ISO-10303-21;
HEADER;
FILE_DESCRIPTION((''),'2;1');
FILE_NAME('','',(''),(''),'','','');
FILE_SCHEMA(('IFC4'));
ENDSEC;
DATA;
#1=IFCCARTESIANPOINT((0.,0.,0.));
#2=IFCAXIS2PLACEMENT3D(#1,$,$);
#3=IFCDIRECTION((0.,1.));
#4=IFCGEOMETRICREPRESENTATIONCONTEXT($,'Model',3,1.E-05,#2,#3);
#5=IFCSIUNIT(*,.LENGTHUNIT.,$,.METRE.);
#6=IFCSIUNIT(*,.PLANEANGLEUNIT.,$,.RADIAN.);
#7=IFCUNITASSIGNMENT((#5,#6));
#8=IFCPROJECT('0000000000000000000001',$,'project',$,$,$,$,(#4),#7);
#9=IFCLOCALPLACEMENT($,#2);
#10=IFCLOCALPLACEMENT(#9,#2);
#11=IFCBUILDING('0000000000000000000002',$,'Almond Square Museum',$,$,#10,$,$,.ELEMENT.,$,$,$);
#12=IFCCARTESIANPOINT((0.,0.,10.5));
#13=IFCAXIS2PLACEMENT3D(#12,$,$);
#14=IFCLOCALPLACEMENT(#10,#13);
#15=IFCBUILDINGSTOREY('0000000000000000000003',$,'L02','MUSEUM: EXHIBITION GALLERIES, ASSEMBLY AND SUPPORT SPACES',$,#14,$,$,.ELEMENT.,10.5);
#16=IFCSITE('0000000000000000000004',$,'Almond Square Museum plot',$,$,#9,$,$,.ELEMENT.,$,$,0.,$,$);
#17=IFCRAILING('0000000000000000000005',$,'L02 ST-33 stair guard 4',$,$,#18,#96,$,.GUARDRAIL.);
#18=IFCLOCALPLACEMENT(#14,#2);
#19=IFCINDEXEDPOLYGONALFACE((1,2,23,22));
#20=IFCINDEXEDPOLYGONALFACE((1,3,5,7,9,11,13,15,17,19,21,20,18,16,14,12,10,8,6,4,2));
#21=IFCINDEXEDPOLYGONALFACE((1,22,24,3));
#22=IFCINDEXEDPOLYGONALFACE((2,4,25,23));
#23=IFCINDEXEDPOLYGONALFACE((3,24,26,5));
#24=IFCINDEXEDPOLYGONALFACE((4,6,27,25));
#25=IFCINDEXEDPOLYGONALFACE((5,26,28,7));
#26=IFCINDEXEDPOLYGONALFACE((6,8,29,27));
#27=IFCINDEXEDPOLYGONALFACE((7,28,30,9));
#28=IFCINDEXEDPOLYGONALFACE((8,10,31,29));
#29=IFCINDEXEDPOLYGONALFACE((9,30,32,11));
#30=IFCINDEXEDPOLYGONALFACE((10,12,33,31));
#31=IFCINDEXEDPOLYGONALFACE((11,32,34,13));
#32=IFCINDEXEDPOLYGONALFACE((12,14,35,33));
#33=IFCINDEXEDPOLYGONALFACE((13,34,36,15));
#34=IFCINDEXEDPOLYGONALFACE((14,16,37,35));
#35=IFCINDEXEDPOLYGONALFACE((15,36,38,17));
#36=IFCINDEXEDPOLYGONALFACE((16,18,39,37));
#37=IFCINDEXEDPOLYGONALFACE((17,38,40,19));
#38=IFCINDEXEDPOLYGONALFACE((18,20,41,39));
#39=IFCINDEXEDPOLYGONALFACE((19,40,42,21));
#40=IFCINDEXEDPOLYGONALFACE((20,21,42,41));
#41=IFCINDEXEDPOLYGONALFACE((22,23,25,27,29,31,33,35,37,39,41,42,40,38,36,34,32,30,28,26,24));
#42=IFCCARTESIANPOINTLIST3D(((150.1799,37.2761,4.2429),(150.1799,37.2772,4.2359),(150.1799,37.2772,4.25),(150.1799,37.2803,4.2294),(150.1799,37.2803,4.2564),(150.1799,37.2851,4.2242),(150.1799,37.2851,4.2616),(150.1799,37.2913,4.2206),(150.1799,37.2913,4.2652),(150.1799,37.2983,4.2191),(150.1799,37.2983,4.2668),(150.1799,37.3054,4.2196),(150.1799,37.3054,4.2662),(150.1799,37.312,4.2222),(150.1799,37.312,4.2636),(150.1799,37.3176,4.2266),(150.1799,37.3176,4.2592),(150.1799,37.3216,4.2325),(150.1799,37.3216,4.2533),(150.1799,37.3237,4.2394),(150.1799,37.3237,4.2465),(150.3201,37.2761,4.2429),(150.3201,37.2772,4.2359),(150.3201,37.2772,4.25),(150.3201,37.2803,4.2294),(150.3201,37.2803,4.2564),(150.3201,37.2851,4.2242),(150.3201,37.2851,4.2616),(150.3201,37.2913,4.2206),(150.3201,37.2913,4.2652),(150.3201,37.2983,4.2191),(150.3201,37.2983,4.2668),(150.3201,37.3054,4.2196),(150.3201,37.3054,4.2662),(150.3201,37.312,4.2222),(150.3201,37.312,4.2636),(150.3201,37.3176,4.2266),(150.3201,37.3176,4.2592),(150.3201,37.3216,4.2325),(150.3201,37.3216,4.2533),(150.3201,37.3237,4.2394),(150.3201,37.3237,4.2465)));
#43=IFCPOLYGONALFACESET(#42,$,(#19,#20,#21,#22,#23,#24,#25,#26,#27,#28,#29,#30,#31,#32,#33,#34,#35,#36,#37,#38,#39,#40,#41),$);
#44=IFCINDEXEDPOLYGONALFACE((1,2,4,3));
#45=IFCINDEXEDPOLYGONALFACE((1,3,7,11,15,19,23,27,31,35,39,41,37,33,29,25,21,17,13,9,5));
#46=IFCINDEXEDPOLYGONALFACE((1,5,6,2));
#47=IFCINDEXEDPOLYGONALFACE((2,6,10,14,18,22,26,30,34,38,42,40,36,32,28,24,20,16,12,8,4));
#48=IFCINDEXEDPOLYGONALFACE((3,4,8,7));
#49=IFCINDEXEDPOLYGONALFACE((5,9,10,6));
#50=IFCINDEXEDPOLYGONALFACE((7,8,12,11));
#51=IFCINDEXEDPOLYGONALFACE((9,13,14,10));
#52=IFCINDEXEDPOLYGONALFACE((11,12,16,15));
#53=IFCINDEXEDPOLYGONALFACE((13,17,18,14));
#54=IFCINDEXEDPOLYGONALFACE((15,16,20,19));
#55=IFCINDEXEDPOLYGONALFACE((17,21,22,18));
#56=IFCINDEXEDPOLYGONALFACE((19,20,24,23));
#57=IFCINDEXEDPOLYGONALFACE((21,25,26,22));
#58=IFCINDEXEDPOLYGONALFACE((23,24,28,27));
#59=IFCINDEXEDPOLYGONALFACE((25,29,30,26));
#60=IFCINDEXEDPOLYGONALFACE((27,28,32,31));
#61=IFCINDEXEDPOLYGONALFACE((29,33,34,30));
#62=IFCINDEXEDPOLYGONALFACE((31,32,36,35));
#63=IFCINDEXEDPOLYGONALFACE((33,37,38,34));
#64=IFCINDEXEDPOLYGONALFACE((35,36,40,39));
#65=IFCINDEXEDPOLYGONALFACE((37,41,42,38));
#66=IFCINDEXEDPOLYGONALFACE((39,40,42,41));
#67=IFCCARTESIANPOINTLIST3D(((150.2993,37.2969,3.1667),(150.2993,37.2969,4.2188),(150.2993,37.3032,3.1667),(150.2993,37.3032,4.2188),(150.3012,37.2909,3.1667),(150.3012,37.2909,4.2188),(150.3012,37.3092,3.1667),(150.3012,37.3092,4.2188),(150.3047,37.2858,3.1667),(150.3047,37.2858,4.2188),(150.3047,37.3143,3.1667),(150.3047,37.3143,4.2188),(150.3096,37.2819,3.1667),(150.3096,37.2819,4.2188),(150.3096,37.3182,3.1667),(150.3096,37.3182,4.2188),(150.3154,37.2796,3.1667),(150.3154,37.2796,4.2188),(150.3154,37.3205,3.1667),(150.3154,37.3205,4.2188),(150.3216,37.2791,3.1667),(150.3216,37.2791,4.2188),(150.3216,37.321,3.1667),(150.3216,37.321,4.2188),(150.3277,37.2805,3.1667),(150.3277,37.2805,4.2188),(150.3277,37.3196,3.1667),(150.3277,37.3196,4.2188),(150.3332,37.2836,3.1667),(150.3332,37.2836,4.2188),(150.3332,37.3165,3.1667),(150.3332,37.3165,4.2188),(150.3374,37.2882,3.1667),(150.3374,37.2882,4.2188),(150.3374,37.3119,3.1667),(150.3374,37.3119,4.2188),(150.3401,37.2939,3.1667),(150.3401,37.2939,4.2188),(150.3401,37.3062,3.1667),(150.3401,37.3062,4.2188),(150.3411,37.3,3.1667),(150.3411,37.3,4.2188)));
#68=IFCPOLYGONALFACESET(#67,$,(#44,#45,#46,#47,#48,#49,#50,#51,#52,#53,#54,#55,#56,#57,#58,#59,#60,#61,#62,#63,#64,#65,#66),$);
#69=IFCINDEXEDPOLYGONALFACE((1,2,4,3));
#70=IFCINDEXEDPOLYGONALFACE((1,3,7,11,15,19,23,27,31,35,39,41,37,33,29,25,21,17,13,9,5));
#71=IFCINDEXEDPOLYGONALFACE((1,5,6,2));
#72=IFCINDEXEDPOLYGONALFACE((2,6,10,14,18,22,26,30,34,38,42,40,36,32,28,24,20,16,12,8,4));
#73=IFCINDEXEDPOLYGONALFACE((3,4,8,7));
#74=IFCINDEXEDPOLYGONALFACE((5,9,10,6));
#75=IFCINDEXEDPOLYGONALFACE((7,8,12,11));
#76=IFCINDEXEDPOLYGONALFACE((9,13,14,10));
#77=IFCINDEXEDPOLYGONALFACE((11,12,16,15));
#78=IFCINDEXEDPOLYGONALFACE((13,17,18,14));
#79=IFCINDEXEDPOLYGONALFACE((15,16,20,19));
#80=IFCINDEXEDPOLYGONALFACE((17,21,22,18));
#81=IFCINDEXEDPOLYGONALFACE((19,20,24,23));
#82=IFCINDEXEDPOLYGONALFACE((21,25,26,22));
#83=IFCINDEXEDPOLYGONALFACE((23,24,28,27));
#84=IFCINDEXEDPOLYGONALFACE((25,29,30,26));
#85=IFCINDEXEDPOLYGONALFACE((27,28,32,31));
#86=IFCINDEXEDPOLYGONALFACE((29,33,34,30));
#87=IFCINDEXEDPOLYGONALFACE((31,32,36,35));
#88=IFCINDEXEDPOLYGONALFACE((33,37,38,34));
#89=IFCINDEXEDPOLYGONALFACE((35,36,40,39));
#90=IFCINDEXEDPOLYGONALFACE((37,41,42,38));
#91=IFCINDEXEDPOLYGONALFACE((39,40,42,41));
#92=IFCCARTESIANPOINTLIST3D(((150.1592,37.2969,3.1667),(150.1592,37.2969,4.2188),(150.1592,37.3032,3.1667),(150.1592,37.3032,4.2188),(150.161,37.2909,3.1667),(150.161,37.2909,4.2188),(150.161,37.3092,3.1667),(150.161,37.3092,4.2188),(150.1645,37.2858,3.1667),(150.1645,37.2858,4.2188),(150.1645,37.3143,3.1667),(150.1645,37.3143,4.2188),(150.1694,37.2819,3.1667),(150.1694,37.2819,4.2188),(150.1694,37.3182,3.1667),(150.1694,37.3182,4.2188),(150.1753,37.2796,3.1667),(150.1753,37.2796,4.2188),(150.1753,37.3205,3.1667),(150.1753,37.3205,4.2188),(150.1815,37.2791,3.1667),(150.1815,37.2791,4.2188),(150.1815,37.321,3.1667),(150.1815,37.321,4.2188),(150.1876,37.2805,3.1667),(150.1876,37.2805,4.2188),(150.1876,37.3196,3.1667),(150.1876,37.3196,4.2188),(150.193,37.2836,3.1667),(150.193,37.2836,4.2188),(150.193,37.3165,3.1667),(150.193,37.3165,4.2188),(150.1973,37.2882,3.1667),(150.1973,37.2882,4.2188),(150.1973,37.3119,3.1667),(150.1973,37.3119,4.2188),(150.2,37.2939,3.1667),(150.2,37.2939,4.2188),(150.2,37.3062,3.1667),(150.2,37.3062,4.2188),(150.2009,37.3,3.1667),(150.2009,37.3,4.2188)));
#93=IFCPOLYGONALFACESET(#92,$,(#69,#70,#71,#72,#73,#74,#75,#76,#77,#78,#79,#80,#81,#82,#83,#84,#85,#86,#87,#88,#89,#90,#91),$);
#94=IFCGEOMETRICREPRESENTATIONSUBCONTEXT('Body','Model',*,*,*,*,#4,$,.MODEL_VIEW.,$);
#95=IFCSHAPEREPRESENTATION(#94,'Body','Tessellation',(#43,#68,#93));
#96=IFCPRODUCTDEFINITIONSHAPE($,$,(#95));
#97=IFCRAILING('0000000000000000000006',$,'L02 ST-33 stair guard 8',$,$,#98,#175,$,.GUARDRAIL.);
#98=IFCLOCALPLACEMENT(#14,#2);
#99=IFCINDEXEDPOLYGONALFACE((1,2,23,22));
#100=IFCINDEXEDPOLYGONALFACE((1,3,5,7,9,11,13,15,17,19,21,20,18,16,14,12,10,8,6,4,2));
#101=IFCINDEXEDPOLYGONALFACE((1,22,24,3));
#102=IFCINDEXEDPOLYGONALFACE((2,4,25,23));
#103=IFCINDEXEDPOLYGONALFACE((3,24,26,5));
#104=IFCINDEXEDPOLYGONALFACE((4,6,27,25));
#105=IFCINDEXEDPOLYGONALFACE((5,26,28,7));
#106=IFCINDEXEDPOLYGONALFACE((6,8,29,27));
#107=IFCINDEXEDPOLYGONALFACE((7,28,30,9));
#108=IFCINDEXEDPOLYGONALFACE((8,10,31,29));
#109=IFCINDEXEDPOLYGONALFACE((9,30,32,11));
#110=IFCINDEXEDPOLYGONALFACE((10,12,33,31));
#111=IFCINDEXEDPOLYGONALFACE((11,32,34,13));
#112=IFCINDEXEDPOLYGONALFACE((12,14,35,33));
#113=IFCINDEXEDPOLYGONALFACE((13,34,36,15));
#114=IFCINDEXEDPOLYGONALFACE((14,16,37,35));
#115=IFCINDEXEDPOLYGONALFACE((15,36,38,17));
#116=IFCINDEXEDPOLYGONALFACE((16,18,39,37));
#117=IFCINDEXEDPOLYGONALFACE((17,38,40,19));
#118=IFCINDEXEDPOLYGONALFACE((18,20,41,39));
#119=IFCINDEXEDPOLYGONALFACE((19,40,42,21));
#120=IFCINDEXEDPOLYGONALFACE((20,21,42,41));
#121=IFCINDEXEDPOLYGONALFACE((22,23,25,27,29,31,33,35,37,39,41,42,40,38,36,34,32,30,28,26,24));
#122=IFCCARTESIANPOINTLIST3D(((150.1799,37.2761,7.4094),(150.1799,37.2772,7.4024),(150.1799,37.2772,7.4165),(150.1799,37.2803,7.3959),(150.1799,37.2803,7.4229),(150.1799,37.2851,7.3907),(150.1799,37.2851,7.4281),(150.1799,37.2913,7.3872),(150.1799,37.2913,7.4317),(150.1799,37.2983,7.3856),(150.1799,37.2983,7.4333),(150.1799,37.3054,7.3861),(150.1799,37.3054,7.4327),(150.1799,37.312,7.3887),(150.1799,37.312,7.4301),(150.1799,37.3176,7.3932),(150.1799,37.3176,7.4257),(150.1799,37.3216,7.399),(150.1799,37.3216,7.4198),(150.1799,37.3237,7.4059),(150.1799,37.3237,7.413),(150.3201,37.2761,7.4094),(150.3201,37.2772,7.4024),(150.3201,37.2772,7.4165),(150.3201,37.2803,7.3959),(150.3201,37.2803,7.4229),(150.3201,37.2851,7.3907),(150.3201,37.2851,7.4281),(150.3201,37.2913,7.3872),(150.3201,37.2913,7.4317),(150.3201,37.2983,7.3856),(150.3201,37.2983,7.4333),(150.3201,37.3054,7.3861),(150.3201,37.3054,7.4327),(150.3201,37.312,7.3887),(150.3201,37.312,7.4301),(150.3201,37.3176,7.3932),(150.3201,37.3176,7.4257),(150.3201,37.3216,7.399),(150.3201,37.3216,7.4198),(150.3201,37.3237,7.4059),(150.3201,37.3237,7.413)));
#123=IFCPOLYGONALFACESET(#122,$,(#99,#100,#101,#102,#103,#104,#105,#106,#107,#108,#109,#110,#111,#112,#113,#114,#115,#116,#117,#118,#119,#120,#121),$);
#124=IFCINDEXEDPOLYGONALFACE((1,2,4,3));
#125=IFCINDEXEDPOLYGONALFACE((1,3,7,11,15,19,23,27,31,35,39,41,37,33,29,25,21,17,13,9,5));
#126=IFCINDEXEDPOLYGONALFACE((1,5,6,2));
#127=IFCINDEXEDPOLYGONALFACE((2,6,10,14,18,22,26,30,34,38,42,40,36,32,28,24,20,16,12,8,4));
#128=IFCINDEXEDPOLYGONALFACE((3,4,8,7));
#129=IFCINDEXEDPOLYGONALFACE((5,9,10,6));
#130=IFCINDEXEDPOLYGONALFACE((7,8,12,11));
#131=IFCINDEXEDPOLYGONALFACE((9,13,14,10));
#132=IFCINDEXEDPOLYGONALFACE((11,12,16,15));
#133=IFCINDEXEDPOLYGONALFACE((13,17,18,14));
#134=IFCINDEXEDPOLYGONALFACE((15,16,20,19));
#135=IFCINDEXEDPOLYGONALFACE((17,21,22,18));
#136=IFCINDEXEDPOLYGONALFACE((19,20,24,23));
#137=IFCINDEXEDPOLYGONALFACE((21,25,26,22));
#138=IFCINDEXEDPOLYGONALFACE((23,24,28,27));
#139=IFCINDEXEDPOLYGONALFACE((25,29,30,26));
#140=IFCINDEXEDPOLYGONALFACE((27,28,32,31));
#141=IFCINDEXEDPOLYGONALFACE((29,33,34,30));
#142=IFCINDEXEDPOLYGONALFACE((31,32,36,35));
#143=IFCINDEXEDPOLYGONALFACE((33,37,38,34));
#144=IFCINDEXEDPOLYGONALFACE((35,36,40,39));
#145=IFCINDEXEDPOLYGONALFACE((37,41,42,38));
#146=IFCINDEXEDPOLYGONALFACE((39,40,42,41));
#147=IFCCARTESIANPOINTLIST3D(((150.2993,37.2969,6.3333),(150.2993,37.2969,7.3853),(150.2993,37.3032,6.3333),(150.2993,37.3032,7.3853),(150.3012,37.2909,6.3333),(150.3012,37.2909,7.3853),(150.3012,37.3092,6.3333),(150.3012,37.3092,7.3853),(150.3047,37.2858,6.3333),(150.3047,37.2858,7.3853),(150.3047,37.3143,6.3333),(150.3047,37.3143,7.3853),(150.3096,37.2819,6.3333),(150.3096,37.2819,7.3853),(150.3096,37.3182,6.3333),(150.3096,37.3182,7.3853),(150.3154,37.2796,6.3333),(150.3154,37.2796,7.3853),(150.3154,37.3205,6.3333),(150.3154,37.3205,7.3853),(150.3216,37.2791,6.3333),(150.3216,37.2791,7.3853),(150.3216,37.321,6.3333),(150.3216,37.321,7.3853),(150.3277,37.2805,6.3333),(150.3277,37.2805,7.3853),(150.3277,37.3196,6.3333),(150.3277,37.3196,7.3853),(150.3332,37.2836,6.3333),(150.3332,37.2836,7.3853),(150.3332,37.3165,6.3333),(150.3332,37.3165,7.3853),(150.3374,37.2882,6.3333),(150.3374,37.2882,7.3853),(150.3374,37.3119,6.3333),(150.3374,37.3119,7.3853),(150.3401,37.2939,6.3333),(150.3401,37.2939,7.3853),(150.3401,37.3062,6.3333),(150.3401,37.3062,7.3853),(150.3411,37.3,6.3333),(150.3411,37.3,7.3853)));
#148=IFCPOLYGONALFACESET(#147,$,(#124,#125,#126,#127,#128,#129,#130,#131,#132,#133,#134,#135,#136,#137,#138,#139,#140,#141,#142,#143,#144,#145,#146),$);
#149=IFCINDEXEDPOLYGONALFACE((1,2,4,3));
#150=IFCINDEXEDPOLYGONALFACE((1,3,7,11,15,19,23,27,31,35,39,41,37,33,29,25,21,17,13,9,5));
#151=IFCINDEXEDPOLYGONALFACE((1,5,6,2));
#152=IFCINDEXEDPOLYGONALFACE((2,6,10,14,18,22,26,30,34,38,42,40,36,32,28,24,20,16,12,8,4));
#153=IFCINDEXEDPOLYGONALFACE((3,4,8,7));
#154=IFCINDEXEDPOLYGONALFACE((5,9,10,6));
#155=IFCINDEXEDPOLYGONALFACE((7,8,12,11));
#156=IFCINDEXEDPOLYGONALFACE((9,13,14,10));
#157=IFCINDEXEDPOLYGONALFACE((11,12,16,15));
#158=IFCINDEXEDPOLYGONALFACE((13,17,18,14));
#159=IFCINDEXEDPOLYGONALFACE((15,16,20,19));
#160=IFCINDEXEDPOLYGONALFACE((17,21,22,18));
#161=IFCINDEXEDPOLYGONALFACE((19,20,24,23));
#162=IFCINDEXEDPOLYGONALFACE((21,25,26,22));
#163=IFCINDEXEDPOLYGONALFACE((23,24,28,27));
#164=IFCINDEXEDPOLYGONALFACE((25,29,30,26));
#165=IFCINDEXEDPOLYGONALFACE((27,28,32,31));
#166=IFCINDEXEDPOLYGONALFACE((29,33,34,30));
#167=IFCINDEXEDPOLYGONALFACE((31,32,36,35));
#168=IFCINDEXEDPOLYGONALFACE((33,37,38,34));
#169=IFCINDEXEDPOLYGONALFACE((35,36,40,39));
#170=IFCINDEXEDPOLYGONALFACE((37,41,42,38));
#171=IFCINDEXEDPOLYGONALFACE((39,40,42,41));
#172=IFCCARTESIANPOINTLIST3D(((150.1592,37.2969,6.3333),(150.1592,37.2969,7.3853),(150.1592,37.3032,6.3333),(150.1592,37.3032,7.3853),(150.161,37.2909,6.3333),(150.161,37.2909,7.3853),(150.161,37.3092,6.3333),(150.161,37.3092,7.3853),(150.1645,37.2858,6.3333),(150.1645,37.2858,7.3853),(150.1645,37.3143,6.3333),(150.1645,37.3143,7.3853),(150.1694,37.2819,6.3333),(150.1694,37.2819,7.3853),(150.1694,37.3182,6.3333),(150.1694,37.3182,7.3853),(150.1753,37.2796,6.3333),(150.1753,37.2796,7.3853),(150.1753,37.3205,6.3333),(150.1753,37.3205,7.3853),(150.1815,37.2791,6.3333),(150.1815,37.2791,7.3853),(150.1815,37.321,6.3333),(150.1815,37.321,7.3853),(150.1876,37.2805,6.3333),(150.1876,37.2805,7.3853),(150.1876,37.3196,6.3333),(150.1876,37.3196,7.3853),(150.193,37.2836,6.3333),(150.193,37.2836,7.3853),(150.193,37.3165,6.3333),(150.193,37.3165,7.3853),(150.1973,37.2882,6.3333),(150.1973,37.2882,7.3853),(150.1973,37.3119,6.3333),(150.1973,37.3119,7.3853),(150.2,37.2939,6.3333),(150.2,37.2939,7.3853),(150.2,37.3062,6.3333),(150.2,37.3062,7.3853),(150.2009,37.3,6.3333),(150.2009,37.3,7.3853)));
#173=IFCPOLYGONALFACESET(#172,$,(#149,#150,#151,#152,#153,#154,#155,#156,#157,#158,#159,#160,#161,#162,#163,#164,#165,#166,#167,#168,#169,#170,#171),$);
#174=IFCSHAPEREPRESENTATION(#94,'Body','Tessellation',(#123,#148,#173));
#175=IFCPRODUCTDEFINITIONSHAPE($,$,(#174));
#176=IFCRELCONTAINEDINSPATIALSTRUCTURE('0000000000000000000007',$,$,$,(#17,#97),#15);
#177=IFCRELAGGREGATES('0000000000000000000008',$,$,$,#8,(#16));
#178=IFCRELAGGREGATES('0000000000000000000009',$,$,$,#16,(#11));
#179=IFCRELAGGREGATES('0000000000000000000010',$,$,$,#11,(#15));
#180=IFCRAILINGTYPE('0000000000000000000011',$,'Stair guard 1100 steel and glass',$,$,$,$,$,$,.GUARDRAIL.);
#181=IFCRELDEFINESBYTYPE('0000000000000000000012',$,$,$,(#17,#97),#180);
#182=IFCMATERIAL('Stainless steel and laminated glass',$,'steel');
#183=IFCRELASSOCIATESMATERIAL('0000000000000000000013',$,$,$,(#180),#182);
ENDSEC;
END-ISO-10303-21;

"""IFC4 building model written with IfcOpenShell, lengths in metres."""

from ifc_helpers import new_model, si_unit, direction, frame, origin, origin_2d, place, context, subcontext, project, spatial, circle, extrude, material, type_object, element, save


model = new_model("IFC4")

# Units and contexts
model_context = context("Model", 3, precision=1e-05, world=origin(), true_north=direction((0.0, 1.0)))
body_context = subcontext(model_context, "Body", "Model", "MODEL_VIEW")
ifc_project = project(units=[si_unit("LENGTHUNIT", "METRE"), si_unit("PLANEANGLEUNIT", "RADIAN")], contexts=[model_context])

# Site, building, storey
site_placement = place(None, origin())
site = spatial("IfcSite", under=ifc_project, at=site_placement, Name="Almond Square Museum plot", CompositionType="ELEMENT", RefElevation=0.0)
building_placement = place(site_placement, origin())
building = spatial("IfcBuilding", under=site, at=building_placement, Name="Almond Square Museum", CompositionType="ELEMENT")
storey_placement = place(building_placement, frame((0.0, 0.0, 10.5)))
storey = spatial("IfcBuildingStorey", under=building, at=storey_placement, Name="L02", Description="MUSEUM: EXHIBITION GALLERIES, ASSEMBLY AND SUPPORT SPACES", CompositionType="ELEMENT", Elevation=10.5)

# Railings
ifc_material_1 = material(Name="Stainless steel and laminated glass", Category="steel")
railing_type_1 = type_object("IfcRailingType", Name="Stair guard 1100 steel and glass", PredefinedType="GUARDRAIL", material=ifc_material_1)
for number, where, name in (
    (1, (150.3201, 37.3, 3.1667), "L02 ST-33 stair guard 4"),
    (2, (150.3201, 37.3, 6.3333), "L02 ST-33 stair guard 8"),
):
    element("IfcRailing", number, at=place(storey_placement, frame(where)), inside=storey, type_object=railing_type_1, Name=name, PredefinedType="GUARDRAIL", context=body_context, shape_type="SweptSolid", body=[
        extrude(circle(Radius=0.0239, at=origin_2d()), frame((0.0, 0.0, 1.0762), z_axis=(-1.0, 0.0, 0.0), x_axis=(0.0, -1.0, 0.0)), (0.0, 0.0, 1.0), 0.1401),
        extrude(circle(Radius=0.021, at=origin_2d()), origin(), (0.0, 0.0, 1.0), 1.052),
        extrude(circle(Radius=0.021, at=origin_2d()), frame((-0.1401, 0.0, 0.0)), (0.0, 0.0, 1.0), 1.052),
    ])

save(model, "model.ifc")
